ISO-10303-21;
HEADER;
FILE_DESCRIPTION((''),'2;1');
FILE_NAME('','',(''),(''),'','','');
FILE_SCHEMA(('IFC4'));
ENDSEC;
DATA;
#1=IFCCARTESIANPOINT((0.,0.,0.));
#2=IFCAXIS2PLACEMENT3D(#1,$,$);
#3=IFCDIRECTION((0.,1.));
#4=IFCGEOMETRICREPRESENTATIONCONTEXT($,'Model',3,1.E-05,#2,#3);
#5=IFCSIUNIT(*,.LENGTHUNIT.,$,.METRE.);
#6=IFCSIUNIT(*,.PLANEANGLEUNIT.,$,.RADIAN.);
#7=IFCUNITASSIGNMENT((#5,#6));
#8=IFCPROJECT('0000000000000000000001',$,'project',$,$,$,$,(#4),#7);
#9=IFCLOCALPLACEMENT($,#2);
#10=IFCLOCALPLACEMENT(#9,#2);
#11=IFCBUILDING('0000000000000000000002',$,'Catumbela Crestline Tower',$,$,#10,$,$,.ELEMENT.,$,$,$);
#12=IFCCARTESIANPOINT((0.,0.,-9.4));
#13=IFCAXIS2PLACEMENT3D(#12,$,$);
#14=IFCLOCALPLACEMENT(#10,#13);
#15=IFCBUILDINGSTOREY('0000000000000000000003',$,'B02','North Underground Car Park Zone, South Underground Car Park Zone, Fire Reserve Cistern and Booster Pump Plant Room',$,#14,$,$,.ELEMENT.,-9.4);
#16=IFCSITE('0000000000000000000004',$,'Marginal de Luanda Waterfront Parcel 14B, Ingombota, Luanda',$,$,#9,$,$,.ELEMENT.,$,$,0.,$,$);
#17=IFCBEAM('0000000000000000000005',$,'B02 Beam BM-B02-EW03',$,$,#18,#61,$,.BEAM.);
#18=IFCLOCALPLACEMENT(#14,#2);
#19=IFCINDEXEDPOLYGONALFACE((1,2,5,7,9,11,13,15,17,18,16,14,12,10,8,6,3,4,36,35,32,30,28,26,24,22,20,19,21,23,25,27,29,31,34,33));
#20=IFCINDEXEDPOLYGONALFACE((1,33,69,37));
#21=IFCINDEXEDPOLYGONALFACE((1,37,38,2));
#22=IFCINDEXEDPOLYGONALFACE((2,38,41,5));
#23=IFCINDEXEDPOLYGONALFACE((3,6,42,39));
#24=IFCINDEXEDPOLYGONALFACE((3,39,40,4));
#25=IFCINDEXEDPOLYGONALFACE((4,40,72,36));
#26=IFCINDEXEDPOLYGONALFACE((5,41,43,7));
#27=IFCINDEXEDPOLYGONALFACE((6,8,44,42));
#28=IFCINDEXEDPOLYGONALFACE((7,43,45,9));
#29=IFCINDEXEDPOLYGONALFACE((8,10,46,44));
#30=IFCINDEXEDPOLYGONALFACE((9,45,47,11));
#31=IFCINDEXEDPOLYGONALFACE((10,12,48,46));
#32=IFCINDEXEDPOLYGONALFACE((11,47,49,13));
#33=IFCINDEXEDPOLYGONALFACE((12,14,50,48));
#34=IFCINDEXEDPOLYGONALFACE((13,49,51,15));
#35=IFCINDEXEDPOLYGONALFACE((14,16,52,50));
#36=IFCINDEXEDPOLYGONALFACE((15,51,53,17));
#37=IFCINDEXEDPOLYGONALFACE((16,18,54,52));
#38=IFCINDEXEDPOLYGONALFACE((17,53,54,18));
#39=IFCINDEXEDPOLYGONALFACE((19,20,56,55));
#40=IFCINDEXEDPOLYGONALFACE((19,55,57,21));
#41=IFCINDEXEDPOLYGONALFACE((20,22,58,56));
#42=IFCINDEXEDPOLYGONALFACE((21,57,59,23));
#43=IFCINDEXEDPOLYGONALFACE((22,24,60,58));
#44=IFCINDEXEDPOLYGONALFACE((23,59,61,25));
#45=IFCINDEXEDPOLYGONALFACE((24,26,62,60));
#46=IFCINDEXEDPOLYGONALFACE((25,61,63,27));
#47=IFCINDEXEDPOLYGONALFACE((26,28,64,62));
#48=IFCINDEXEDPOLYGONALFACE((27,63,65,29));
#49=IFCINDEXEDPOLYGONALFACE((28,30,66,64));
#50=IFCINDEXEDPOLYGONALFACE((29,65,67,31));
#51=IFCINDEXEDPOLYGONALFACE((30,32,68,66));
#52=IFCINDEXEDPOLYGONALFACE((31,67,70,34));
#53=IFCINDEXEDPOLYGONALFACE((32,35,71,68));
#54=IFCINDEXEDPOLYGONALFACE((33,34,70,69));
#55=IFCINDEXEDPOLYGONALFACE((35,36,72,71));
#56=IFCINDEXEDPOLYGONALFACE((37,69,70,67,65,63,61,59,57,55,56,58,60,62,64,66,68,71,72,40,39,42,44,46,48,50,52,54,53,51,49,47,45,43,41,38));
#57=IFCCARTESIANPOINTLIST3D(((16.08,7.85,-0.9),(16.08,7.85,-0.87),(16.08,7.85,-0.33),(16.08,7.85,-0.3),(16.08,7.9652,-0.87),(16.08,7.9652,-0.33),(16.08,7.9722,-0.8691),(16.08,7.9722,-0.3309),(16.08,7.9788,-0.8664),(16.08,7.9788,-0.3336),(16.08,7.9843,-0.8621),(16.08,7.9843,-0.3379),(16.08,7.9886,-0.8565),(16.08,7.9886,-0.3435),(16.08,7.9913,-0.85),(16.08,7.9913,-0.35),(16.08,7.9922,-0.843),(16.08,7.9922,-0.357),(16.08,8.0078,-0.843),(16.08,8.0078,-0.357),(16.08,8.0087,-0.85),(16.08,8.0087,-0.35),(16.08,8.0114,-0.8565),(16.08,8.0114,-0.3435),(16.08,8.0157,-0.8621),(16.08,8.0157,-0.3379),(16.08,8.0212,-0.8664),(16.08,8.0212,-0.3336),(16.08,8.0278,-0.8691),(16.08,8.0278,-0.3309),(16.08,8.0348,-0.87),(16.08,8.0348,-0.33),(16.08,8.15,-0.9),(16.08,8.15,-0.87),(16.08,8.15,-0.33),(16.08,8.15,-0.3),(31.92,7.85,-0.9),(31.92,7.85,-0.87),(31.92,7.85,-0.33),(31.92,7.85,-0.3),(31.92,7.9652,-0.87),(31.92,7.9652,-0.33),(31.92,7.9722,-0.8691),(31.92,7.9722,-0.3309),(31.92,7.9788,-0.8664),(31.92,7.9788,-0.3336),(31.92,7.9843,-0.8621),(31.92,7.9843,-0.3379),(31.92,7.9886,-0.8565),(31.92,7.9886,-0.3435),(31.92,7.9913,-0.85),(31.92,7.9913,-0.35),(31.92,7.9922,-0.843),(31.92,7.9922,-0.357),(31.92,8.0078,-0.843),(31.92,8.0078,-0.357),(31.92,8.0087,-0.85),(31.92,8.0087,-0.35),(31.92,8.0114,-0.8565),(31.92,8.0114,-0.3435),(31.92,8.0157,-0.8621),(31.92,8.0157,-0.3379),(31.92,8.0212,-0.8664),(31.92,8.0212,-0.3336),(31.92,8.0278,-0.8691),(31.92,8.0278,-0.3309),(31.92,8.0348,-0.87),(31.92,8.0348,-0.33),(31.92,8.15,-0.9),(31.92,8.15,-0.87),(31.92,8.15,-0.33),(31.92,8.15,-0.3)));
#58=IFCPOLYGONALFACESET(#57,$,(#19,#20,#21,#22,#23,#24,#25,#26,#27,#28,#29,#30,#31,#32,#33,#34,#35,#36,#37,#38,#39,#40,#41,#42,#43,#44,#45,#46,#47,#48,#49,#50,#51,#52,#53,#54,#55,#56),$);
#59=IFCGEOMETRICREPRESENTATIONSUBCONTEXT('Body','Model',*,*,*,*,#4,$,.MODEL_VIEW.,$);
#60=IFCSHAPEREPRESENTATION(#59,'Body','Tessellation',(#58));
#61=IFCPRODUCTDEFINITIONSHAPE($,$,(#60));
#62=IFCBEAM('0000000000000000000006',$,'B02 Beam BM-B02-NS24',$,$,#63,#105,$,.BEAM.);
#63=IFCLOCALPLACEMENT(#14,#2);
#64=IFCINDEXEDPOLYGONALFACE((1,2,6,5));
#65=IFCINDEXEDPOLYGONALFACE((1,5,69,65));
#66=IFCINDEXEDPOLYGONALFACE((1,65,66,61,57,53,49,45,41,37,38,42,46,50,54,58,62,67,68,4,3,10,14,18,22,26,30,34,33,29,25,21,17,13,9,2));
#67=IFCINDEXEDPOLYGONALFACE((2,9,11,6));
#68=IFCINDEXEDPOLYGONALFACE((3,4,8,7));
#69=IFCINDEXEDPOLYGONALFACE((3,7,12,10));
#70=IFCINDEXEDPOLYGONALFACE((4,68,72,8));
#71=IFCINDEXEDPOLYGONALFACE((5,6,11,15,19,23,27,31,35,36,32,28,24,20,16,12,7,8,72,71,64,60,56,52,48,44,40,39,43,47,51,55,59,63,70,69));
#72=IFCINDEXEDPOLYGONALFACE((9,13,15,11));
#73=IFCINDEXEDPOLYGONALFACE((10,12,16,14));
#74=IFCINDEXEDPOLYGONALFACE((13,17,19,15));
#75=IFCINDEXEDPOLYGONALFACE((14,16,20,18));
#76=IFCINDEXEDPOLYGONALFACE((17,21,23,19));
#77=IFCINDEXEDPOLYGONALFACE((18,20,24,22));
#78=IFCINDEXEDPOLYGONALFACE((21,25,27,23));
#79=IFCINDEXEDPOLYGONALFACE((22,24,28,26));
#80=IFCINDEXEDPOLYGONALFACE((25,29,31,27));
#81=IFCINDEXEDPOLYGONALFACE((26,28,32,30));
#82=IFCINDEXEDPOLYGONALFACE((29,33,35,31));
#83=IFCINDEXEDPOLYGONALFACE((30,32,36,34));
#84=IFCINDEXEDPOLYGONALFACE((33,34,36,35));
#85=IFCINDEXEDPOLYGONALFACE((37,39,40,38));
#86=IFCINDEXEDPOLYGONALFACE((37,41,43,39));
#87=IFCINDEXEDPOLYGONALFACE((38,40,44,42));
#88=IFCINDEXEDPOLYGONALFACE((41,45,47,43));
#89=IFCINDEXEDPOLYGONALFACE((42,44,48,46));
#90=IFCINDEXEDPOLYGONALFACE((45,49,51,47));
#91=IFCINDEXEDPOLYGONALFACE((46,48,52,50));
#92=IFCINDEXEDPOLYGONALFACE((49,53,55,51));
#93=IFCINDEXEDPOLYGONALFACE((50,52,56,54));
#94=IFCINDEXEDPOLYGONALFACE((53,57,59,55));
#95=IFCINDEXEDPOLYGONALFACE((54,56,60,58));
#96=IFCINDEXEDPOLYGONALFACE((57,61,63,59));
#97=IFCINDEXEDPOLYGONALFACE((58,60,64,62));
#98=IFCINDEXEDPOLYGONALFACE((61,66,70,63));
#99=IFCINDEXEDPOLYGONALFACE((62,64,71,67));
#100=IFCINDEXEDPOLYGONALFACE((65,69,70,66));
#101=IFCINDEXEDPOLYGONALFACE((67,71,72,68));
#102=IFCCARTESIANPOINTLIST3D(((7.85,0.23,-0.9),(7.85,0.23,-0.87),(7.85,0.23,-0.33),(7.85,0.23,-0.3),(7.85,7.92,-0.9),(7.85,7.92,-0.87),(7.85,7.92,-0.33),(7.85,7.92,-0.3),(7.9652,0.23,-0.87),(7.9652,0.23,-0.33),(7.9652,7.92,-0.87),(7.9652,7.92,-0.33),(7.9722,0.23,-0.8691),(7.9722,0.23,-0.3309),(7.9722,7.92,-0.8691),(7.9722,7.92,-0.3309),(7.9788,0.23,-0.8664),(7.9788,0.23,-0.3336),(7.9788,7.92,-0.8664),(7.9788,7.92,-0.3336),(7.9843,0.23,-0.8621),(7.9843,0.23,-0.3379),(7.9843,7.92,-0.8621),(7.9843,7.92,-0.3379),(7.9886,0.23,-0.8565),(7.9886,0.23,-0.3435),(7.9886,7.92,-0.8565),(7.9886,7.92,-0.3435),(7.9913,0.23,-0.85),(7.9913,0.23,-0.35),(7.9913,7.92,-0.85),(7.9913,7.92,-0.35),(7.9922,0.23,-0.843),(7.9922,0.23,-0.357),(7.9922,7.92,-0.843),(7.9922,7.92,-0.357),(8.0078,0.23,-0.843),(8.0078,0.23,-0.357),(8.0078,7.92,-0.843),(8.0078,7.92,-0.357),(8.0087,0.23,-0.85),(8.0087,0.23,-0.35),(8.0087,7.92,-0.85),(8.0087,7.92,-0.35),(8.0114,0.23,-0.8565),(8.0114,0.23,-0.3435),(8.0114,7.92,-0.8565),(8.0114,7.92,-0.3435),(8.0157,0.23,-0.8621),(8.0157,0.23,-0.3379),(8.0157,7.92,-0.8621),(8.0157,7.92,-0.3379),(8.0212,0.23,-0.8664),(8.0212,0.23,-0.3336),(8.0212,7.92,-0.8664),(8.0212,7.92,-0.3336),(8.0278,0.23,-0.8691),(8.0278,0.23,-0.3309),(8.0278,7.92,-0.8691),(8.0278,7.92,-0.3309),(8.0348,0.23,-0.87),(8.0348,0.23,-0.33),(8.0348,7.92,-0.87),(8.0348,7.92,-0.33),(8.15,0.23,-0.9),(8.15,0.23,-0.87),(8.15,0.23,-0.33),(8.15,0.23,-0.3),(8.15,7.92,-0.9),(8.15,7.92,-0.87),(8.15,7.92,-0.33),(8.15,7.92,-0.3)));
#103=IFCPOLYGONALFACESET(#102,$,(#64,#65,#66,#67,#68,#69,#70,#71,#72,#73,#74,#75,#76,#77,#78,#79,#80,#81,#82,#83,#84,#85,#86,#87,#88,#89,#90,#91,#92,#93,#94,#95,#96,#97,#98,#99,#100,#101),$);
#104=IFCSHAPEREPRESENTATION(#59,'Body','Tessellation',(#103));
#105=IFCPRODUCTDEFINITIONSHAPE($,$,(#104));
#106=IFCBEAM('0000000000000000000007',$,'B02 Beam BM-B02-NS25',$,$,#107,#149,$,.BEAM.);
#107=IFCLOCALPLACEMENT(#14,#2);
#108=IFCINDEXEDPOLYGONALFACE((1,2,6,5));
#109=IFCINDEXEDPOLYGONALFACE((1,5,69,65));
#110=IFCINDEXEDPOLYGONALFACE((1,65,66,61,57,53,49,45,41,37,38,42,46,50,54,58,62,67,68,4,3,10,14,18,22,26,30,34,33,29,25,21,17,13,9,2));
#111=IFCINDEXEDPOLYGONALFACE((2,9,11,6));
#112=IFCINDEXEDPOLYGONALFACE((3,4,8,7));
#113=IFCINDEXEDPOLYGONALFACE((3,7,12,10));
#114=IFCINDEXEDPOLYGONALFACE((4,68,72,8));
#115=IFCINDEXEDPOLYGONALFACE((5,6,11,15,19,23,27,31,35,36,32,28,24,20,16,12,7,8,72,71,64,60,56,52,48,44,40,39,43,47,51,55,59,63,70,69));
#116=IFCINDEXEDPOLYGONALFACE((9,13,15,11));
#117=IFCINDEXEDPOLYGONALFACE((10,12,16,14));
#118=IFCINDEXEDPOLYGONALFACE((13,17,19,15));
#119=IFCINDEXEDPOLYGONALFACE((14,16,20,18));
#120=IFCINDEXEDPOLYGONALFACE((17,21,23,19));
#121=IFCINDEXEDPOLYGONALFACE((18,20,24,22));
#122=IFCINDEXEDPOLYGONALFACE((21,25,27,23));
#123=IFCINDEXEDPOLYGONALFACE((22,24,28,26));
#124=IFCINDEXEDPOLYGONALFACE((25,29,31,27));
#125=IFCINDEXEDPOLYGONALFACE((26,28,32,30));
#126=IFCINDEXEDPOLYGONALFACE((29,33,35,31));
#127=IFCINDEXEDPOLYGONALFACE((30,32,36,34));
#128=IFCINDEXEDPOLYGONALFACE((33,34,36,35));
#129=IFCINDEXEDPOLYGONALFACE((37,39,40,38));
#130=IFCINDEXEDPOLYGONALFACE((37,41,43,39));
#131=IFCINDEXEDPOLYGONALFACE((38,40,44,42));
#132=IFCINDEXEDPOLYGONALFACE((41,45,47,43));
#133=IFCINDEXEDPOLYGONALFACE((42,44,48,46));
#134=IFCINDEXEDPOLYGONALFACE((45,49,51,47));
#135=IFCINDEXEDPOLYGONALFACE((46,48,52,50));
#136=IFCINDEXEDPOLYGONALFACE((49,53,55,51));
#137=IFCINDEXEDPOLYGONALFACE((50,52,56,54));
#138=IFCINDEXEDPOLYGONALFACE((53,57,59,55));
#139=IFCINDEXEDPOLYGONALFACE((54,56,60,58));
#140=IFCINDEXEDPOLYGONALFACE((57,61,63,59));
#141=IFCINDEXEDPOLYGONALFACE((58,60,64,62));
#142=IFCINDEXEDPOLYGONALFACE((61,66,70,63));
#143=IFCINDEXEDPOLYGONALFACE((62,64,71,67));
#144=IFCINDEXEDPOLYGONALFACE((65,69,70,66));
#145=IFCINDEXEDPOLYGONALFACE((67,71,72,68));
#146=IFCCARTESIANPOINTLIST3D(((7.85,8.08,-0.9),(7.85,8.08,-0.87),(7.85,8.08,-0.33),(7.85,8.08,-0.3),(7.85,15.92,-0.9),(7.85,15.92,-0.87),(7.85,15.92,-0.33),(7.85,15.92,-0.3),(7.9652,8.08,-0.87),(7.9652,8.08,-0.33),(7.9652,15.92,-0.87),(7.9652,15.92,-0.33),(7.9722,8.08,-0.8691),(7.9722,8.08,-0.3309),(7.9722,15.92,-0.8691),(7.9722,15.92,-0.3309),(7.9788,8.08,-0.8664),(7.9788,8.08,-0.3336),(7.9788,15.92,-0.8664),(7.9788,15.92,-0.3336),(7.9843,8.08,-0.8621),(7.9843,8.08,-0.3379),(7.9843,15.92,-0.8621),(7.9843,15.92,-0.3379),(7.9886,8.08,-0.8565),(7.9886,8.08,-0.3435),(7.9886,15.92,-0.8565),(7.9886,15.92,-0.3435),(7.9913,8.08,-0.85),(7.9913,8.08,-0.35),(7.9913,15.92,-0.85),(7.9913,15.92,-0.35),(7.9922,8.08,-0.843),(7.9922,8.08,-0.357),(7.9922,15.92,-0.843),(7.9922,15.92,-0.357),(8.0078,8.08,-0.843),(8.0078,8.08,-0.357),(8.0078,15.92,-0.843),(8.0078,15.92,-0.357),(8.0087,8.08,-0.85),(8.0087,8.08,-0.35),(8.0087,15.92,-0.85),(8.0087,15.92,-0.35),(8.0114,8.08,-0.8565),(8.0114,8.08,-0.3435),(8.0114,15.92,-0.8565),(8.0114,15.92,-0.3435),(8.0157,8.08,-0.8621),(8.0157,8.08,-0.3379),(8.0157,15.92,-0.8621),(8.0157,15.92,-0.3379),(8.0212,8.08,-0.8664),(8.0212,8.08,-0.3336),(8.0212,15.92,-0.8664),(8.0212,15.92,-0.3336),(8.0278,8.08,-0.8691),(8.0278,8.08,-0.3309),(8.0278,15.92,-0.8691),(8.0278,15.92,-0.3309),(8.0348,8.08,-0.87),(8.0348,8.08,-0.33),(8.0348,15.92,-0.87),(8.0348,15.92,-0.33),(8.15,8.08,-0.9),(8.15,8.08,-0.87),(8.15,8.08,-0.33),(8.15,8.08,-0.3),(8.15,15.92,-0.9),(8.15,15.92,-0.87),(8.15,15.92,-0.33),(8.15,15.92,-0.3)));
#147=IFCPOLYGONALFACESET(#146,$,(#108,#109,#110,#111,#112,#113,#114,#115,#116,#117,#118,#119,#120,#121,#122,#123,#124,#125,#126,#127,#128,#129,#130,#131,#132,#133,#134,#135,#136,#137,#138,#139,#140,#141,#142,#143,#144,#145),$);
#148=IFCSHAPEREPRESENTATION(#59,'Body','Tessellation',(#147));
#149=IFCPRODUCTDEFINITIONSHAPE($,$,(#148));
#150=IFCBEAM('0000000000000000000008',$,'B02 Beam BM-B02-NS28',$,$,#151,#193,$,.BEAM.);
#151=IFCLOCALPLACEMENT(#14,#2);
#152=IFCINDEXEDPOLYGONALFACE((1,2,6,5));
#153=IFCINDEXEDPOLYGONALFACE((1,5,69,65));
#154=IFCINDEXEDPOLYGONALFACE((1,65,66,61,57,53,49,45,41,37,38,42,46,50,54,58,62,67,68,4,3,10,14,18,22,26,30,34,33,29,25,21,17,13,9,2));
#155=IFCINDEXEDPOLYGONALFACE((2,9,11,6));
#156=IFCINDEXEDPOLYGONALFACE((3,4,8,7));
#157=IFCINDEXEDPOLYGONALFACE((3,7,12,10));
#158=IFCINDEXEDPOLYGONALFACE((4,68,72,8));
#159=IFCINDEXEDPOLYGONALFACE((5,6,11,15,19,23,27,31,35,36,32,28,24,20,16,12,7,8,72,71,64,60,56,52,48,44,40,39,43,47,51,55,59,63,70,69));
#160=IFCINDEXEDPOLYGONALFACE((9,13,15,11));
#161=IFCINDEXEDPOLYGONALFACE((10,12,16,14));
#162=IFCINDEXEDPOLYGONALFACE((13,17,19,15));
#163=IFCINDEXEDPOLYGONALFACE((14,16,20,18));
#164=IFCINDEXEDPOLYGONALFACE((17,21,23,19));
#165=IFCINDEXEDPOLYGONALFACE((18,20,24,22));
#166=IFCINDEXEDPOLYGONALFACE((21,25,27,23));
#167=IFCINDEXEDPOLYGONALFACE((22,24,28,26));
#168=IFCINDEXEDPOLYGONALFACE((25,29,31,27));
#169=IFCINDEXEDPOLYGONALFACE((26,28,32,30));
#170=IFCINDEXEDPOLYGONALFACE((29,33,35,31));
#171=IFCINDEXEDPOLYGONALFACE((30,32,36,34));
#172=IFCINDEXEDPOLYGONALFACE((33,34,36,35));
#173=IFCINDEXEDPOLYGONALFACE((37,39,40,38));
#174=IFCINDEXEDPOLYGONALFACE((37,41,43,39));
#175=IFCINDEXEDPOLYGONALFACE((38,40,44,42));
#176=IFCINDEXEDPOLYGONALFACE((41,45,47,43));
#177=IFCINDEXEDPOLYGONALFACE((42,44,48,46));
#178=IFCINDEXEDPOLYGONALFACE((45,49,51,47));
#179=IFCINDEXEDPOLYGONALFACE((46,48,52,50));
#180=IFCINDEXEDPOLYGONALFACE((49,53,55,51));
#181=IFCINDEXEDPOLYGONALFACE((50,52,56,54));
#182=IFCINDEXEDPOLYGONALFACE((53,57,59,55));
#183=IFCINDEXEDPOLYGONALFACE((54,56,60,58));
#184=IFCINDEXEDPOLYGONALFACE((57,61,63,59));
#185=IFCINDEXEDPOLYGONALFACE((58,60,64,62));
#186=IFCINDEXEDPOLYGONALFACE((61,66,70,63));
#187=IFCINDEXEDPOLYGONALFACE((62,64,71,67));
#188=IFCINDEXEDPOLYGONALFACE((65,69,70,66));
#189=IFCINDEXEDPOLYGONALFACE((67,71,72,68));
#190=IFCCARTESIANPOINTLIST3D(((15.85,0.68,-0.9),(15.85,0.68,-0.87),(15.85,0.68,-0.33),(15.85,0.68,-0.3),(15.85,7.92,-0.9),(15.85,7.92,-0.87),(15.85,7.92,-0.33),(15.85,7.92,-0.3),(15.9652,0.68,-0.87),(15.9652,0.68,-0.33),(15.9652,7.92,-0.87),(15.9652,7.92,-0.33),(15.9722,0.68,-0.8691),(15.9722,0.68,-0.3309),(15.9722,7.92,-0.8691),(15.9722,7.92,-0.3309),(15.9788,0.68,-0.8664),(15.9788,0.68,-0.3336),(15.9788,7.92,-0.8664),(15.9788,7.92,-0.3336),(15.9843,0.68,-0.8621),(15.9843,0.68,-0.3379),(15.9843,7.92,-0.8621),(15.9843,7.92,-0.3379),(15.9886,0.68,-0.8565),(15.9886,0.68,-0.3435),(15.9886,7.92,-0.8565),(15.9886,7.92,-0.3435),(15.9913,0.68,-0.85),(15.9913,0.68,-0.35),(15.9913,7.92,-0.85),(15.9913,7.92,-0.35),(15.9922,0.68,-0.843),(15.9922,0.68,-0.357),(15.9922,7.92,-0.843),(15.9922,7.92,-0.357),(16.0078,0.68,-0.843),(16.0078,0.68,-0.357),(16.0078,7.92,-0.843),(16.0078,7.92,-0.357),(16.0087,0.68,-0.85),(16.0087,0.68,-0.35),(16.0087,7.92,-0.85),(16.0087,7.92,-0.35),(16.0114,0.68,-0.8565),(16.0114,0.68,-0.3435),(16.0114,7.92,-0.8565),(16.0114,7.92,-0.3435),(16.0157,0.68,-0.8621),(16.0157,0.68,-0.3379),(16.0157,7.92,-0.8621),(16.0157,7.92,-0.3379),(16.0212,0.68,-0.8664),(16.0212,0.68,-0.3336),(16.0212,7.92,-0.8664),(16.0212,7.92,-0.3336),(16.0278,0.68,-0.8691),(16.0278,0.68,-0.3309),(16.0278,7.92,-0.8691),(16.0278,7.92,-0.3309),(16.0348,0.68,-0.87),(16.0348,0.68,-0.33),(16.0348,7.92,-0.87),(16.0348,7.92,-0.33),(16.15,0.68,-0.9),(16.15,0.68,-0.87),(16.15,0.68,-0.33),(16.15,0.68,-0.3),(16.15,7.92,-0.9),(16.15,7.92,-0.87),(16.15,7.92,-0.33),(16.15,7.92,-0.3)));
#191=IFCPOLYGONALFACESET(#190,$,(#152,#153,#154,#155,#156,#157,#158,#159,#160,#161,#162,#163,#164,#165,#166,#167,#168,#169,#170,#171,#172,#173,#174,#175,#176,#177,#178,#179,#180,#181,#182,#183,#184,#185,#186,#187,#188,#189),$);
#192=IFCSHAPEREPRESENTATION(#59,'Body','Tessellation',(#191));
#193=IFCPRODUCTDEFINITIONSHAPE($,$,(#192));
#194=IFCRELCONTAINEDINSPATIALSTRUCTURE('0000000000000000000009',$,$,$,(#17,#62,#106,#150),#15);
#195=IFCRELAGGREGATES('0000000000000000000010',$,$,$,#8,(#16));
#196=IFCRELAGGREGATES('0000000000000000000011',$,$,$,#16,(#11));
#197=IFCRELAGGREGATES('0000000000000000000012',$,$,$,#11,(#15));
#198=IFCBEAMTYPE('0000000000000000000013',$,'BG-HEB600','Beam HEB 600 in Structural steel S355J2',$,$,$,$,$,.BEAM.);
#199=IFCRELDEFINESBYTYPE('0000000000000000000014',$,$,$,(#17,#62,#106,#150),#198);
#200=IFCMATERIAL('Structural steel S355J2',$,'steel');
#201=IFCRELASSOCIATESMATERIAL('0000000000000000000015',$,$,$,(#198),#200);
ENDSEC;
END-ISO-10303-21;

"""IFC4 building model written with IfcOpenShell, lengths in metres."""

from ifc_helpers import new_model, si_unit, direction, frame, origin, origin_2d, place, context, subcontext, project, spatial, i_section, extrude, material, material_profile, profile_set, type_object, element, save


model = new_model("IFC4")

# Units and contexts
model_context = context("Model", 3, precision=1e-05, world=origin(), true_north=direction((0.0, 1.0)))
body_context = subcontext(model_context, "Body", "Model", "MODEL_VIEW")
ifc_project = project(units=[si_unit("LENGTHUNIT", "METRE"), si_unit("PLANEANGLEUNIT", "RADIAN")], contexts=[model_context])

# Site, building, storey
site_placement = place(None, origin())
site = spatial("IfcSite", under=ifc_project, at=site_placement, Name="Marginal de Luanda Waterfront Parcel 14B, Ingombota, Luanda", CompositionType="ELEMENT", RefElevation=0.0)
building_placement = place(site_placement, origin())
building = spatial("IfcBuilding", under=site, at=building_placement, Name="Catumbela Crestline Tower", CompositionType="ELEMENT")
storey_placement = place(building_placement, frame((0.0, 0.0, -9.4)))
storey = spatial("IfcBuildingStorey", under=building, at=storey_placement, Name="B02", Description="North Underground Car Park Zone, South Underground Car Park Zone, Fire Reserve Cistern and Booster Pump Plant Room", CompositionType="ELEMENT", Elevation=-9.4)

# Beams
ifc_material_1 = material(Name="Structural steel S355J2", Category="steel")
ifc_material_profile_1 = material_profile(ifc_material_1, i_section(OverallWidth=0.3, OverallDepth=0.6, WebThickness=0.0155, FlangeThickness=0.03, FilletRadius=0.027, at=origin_2d()), Name="HEB 600")
ifc_profile_set_1 = profile_set([ifc_material_profile_1], Name="Structural steel S355J2")
beam_type_1 = type_object("IfcBeamType", Name="BG-HEB600", Description="Beam HEB 600 in Structural steel S355J2", PredefinedType="BEAM", material=ifc_profile_set_1)
beam_1_placement = place(storey_placement, frame((16.08, 8.0, -0.6), z_axis=(1.0, 0.0, 0.0), x_axis=(0.0, 1.0, 0.0)))
element("IfcBeam", 1, at=beam_1_placement, inside=storey, type_object=beam_type_1, Name="B02 Beam BM-B02-EW03", PredefinedType="BEAM", context=body_context, shape_type="SweptSolid", body=[
    extrude(i_section(OverallWidth=0.3, OverallDepth=0.6, WebThickness=0.0155, FlangeThickness=0.03, FilletRadius=0.027, at=origin_2d()), origin(), (0.0, 0.0, 1.0), 15.84),
])
beam_2_placement = place(storey_placement, frame((8.0, 0.23, -0.6), z_axis=(0.0, 1.0, 0.0), x_axis=(-1.0, 0.0, 0.0)))
element("IfcBeam", 2, at=beam_2_placement, inside=storey, type_object=beam_type_1, Name="B02 Beam BM-B02-NS24", PredefinedType="BEAM", context=body_context, shape_type="SweptSolid", body=[
    extrude(i_section(OverallWidth=0.3, OverallDepth=0.6, WebThickness=0.0155, FlangeThickness=0.03, FilletRadius=0.027, at=origin_2d()), origin(), (0.0, 0.0, 1.0), 7.69),
])
beam_3_placement = place(storey_placement, frame((8.0, 8.08, -0.6), z_axis=(0.0, 1.0, 0.0), x_axis=(-1.0, 0.0, 0.0)))
element("IfcBeam", 3, at=beam_3_placement, inside=storey, type_object=beam_type_1, Name="B02 Beam BM-B02-NS25", PredefinedType="BEAM", context=body_context, shape_type="SweptSolid", body=[
    extrude(i_section(OverallWidth=0.3, OverallDepth=0.6, WebThickness=0.0155, FlangeThickness=0.03, FilletRadius=0.027, at=origin_2d()), origin(), (0.0, 0.0, 1.0), 7.84),
])
beam_4_placement = place(storey_placement, frame((16.0, 0.68, -0.6), z_axis=(0.0, 1.0, 0.0), x_axis=(-1.0, 0.0, 0.0)))
element("IfcBeam", 4, at=beam_4_placement, inside=storey, type_object=beam_type_1, Name="B02 Beam BM-B02-NS28", PredefinedType="BEAM", context=body_context, shape_type="SweptSolid", body=[
    extrude(i_section(OverallWidth=0.3, OverallDepth=0.6, WebThickness=0.0155, FlangeThickness=0.03, FilletRadius=0.027, at=origin_2d()), origin(), (0.0, 0.0, 1.0), 7.24),
])

save(model, "model.ifc")
